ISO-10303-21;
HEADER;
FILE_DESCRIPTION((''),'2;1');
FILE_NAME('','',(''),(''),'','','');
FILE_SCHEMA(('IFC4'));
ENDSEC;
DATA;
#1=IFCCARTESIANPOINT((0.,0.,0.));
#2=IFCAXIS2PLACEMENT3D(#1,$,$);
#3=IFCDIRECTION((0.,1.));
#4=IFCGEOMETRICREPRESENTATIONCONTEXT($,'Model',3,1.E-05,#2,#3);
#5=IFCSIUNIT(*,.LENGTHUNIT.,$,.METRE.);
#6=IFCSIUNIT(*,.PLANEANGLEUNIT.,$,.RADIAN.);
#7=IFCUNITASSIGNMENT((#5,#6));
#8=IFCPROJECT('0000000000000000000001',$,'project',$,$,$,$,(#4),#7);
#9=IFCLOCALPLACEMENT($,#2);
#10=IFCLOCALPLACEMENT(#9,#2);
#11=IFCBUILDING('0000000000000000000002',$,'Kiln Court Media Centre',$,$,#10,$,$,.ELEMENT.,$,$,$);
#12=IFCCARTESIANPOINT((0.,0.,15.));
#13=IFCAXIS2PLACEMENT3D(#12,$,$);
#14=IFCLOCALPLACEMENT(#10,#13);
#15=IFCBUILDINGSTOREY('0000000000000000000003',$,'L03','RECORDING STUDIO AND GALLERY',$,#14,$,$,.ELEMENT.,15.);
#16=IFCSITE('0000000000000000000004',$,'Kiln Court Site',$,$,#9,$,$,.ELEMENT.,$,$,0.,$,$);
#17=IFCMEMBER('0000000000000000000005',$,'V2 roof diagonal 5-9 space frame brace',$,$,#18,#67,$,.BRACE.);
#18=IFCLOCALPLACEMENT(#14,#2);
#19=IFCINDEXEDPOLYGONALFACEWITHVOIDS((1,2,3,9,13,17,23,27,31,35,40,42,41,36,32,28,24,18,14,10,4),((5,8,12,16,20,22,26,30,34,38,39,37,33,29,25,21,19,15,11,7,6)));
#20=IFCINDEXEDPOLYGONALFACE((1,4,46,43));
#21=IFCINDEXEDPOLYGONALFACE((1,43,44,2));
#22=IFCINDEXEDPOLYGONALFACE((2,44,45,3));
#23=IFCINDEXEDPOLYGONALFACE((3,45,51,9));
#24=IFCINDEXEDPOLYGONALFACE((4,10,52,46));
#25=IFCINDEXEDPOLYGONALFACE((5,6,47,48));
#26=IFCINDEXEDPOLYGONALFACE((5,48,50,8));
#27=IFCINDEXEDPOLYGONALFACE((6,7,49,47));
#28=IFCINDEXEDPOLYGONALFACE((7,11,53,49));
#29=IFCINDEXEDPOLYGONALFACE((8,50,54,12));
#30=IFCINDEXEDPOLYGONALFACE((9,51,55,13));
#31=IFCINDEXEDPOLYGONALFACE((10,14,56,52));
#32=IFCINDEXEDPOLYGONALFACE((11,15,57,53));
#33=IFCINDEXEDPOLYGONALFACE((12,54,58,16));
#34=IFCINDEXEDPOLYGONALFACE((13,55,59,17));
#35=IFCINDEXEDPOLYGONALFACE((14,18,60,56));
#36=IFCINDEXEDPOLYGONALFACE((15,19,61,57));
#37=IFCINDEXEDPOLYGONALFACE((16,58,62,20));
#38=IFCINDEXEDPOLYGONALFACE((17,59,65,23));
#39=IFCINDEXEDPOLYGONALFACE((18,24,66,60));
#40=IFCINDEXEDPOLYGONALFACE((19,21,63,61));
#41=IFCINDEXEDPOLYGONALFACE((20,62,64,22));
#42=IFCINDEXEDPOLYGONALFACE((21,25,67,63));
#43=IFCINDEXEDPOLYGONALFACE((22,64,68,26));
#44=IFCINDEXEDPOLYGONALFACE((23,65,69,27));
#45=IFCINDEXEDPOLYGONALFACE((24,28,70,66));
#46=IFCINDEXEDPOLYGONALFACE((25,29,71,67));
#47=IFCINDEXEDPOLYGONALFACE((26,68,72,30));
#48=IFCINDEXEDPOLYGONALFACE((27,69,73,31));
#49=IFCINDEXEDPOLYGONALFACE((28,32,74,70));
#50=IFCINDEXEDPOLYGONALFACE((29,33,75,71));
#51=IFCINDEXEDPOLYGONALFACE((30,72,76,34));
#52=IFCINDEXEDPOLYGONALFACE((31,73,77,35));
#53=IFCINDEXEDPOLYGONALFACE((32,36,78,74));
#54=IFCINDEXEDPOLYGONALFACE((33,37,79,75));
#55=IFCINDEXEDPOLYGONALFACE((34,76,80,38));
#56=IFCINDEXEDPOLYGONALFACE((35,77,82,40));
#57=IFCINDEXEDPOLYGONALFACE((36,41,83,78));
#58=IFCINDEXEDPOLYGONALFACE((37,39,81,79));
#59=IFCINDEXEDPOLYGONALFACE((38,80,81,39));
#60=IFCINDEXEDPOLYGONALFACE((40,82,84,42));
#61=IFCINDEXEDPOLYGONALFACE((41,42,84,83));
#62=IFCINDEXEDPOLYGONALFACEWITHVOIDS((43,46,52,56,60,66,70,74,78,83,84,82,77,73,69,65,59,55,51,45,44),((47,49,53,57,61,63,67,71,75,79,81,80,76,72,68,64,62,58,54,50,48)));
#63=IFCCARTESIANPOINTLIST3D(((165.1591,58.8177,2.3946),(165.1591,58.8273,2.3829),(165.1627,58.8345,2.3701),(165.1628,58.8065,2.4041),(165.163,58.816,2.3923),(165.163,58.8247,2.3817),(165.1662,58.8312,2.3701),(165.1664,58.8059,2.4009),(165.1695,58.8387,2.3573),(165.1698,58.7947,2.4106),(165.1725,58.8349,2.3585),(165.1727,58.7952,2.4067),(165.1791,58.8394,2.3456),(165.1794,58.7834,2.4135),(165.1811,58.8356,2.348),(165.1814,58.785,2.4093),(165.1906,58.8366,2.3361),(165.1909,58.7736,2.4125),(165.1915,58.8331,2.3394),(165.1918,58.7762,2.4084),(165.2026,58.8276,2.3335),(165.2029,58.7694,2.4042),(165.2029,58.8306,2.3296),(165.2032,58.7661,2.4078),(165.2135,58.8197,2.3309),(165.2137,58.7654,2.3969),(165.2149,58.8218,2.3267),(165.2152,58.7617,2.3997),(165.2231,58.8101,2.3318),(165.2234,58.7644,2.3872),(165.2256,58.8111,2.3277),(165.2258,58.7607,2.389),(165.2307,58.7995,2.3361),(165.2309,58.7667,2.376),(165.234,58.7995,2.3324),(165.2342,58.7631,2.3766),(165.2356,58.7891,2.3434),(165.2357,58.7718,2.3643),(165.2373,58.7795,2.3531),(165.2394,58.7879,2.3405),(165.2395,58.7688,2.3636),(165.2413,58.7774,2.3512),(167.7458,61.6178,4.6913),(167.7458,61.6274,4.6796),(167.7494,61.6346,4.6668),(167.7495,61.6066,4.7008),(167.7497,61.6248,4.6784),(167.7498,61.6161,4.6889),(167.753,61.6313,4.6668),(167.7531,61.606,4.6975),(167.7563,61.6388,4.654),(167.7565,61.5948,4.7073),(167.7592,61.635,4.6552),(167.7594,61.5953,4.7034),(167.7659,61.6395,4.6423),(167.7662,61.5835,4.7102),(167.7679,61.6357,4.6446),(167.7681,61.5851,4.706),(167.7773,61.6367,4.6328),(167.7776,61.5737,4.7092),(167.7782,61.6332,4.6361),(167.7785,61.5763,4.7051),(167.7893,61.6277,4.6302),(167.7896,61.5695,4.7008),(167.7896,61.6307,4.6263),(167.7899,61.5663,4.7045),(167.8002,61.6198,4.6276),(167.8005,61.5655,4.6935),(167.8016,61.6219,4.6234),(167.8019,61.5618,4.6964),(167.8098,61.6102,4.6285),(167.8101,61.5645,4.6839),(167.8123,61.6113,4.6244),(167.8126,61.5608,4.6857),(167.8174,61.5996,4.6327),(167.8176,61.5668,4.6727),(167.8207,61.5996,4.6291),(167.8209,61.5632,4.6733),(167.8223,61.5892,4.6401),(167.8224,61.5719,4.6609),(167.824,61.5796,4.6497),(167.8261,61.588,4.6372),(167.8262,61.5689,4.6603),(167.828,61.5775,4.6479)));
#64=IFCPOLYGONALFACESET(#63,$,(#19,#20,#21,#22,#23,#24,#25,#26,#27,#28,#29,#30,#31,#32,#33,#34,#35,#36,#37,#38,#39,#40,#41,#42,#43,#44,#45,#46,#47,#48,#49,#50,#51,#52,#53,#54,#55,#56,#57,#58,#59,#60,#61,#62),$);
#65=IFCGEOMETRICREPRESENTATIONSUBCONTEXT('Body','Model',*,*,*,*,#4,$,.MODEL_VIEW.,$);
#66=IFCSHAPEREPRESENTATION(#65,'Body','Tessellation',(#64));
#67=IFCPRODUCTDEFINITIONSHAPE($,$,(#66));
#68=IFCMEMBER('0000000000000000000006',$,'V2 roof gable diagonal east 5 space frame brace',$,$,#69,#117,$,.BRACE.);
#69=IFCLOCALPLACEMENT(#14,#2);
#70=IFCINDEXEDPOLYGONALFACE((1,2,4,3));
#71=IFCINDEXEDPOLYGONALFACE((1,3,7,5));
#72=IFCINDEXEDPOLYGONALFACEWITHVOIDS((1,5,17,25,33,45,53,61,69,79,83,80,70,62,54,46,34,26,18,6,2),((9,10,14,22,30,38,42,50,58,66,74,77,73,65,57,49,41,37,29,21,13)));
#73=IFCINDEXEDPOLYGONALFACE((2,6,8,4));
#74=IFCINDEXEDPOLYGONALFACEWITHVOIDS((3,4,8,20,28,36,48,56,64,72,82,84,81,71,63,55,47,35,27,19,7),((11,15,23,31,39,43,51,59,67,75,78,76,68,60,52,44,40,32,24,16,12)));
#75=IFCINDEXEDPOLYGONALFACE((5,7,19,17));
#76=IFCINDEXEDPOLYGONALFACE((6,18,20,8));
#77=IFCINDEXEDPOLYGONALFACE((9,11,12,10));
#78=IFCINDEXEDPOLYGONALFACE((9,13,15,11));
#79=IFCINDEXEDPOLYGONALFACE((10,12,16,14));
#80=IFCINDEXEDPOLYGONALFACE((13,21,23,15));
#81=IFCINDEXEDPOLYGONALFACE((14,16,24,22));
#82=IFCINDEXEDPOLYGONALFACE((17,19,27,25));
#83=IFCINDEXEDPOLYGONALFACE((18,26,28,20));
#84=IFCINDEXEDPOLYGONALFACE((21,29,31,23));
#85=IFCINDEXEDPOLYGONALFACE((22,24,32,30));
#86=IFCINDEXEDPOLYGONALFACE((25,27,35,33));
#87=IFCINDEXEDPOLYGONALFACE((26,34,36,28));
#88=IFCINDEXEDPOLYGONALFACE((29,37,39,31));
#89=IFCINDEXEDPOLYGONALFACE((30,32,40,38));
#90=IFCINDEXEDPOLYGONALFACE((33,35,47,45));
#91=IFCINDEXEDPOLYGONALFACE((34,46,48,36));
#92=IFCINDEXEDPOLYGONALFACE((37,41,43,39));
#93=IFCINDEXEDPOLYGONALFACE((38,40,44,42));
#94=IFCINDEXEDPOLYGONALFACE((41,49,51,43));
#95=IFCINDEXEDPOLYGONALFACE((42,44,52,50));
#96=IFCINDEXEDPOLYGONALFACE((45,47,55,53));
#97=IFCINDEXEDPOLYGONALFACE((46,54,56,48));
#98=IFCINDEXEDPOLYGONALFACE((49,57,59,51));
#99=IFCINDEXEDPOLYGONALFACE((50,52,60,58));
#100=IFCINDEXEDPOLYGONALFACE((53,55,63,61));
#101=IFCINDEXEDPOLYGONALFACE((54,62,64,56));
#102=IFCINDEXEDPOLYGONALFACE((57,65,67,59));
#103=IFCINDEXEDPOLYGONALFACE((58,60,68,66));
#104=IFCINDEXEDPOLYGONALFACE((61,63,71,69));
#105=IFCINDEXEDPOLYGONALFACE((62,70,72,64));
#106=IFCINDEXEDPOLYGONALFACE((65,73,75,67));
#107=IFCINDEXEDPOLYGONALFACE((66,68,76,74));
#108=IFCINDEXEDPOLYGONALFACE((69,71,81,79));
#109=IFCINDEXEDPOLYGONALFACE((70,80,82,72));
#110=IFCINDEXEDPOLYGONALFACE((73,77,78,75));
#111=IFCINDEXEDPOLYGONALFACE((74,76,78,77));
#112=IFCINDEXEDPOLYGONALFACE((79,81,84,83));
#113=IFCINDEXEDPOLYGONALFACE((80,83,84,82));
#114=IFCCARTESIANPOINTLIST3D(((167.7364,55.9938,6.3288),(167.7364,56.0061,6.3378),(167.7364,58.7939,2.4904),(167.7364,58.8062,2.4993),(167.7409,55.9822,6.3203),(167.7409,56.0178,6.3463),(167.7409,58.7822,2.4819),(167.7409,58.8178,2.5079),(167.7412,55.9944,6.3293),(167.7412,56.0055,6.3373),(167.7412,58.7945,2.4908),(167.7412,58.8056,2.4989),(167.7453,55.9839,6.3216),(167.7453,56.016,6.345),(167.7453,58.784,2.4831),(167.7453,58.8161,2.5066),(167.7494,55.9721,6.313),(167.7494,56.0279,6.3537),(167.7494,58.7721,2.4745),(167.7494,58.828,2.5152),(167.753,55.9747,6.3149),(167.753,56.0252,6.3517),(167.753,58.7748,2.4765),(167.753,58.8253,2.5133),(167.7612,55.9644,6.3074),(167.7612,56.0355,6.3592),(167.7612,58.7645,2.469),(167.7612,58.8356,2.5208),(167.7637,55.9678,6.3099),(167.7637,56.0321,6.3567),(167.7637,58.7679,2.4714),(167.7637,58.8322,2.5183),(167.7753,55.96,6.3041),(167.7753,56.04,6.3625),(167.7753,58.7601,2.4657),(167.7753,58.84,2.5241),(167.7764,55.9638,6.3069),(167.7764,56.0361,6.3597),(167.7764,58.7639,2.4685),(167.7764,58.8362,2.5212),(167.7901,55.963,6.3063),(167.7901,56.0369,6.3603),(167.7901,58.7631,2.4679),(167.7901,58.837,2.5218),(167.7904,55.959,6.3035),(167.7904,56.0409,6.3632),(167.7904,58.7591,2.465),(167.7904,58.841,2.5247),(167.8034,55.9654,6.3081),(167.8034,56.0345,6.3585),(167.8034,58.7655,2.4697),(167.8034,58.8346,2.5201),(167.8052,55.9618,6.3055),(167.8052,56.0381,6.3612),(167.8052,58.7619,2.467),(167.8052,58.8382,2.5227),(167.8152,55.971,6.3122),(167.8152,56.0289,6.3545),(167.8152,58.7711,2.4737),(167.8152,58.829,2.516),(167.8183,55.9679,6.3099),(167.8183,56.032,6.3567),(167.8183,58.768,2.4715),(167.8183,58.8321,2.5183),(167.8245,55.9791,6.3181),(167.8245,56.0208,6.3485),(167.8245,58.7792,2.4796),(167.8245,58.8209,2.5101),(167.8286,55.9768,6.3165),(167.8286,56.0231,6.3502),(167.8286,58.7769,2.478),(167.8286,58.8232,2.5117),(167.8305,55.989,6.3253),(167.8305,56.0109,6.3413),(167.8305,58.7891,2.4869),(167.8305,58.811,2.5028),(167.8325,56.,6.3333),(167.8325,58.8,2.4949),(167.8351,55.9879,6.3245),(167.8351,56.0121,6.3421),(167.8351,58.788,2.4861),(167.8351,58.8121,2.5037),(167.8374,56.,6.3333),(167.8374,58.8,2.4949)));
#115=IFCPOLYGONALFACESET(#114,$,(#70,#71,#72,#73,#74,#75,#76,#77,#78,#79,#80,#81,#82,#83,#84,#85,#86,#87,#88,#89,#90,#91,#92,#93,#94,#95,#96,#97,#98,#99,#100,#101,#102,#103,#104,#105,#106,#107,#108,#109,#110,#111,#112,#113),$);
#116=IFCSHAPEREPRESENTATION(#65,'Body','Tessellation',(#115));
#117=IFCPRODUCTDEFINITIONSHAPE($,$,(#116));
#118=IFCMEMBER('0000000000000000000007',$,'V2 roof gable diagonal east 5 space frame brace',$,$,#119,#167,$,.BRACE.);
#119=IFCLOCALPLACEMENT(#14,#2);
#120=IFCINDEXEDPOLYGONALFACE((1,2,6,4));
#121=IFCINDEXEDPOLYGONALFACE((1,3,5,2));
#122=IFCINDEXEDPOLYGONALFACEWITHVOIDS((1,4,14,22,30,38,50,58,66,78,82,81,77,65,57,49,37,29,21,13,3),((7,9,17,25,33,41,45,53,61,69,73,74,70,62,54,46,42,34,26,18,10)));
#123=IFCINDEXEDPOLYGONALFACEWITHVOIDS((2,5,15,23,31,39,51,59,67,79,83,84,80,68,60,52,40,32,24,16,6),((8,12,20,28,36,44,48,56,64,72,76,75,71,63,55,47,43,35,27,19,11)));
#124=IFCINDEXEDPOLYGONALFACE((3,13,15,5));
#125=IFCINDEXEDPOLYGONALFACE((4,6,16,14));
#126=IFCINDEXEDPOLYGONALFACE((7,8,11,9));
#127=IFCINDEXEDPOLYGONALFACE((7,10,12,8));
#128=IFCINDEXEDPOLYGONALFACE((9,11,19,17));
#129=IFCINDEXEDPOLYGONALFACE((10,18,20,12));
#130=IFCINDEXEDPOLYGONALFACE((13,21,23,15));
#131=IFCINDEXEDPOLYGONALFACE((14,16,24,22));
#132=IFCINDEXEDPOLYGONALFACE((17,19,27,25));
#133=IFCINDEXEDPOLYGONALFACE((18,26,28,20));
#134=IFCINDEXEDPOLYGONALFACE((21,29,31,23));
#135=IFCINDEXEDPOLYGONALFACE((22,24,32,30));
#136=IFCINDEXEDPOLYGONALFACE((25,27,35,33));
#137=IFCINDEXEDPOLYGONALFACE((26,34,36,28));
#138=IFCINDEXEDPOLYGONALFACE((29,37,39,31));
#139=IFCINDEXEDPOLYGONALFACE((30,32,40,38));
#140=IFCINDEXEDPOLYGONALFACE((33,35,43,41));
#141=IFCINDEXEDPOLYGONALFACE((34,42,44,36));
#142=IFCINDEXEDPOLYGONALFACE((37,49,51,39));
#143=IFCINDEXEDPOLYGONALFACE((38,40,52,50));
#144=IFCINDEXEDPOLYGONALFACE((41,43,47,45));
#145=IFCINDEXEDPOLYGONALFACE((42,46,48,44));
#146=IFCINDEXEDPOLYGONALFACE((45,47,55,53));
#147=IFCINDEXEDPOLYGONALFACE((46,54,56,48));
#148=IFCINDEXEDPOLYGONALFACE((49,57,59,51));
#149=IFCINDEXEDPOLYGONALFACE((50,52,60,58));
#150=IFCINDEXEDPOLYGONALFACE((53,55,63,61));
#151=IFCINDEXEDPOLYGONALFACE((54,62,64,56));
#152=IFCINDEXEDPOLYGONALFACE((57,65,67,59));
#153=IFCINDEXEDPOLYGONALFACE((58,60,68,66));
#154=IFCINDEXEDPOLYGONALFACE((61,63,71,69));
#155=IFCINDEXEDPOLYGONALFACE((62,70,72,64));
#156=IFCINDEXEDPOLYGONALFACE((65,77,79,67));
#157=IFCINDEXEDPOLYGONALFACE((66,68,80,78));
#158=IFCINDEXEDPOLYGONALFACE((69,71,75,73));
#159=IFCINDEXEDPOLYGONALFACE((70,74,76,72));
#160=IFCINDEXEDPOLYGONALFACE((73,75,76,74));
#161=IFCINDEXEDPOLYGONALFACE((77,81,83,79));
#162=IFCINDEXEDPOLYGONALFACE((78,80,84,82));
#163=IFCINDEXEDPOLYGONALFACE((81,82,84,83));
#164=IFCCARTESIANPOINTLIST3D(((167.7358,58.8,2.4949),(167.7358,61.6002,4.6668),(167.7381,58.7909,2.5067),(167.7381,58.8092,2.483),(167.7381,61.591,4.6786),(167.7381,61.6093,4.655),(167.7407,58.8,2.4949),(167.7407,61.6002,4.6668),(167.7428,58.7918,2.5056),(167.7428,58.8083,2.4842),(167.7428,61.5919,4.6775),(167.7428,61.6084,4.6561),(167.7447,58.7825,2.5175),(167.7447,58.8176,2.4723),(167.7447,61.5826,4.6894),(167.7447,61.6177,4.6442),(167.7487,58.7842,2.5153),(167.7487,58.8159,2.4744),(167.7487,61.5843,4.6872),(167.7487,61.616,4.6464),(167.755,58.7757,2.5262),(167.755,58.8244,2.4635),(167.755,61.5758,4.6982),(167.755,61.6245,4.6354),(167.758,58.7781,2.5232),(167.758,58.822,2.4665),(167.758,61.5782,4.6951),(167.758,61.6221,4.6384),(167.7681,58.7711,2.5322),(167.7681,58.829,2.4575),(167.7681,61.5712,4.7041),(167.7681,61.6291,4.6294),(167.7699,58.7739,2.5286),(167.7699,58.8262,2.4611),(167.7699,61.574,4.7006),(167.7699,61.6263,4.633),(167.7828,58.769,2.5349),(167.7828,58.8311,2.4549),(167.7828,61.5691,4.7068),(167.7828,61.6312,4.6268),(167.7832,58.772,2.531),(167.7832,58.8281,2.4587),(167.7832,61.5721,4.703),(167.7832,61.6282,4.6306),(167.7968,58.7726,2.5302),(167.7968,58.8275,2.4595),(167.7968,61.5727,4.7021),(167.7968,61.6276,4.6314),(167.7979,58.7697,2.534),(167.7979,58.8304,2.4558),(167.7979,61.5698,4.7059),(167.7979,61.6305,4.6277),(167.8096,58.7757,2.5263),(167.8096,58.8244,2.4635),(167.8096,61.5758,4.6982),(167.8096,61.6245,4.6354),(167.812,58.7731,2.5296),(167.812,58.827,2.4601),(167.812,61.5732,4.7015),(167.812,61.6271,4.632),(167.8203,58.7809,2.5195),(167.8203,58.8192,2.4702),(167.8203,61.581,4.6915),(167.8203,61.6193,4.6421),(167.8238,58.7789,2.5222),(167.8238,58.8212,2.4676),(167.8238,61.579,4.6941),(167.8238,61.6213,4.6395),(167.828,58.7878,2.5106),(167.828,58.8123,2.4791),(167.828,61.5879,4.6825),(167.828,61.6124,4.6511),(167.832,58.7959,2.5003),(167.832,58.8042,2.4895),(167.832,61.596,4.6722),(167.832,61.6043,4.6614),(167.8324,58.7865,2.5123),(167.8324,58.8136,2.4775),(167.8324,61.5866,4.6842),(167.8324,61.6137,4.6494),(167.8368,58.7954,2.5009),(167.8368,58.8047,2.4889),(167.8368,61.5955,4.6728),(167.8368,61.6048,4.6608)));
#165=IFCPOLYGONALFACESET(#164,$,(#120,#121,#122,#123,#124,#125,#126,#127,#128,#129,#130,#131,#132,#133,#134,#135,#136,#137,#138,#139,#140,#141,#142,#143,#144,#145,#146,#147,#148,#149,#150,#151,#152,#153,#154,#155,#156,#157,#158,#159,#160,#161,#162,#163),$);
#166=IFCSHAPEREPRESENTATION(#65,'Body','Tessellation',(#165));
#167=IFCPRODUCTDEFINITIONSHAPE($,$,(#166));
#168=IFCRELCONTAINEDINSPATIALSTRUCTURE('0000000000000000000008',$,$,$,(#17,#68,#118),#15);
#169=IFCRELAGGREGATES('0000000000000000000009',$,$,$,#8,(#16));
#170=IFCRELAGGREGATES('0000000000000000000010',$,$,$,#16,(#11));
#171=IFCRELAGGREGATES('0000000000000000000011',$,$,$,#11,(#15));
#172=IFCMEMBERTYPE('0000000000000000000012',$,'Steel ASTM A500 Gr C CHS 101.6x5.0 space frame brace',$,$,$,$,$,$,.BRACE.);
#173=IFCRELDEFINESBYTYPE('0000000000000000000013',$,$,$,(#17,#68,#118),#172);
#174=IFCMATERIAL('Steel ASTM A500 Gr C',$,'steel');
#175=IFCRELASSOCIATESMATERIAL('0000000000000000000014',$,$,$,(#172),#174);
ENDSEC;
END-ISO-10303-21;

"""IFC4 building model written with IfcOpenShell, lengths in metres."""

from ifc_helpers import new_model, si_unit, direction, frame, origin, origin_2d, place, context, subcontext, project, spatial, hollow_circle, extrude, material, material_profile, profile_set, type_object, element, save


model = new_model("IFC4")

# Units and contexts
model_context = context("Model", 3, precision=1e-05, world=origin(), true_north=direction((0.0, 1.0)))
body_context = subcontext(model_context, "Body", "Model", "MODEL_VIEW")
ifc_project = project(units=[si_unit("LENGTHUNIT", "METRE"), si_unit("PLANEANGLEUNIT", "RADIAN")], contexts=[model_context])

# Site, building, storey
site_placement = place(None, origin())
site = spatial("IfcSite", under=ifc_project, at=site_placement, Name="Kiln Court Site", CompositionType="ELEMENT", RefElevation=0.0)
building_placement = place(site_placement, origin())
building = spatial("IfcBuilding", under=site, at=building_placement, Name="Kiln Court Media Centre", CompositionType="ELEMENT")
storey_placement = place(building_placement, frame((0.0, 0.0, 15.0)))
storey = spatial("IfcBuildingStorey", under=building, at=storey_placement, Name="L03", Description="RECORDING STUDIO AND GALLERY", CompositionType="ELEMENT", Elevation=15.0)

# Members
ifc_material_1 = material(Name="Steel ASTM A500 Gr C", Category="steel")
ifc_material_profile_1 = material_profile(ifc_material_1, hollow_circle(Radius=0.0508, WallThickness=0.0049, at=origin_2d()), Name="CHS 101.6x5.0")
ifc_profile_set_1 = profile_set([ifc_material_profile_1], Name="Steel ASTM A500 Gr C")
member_type_1 = type_object("IfcMemberType", Name="Steel ASTM A500 Gr C CHS 101.6x5.0 space frame brace", PredefinedType="BRACE", material=ifc_profile_set_1)
member_1_placement = place(storey_placement, frame((165.2, 58.8, 2.3701), z_axis=(0.581228, 0.629174, 0.516056), x_axis=(-0.734541, 0.678565, 0.0)))
element("IfcMember", 1, at=member_1_placement, inside=storey, type_object=member_type_1, Name="V2 roof diagonal 5-9 space frame brace", PredefinedType="BRACE", context=body_context, shape_type="SweptSolid", body=[
    extrude(hollow_circle(Radius=0.0508, WallThickness=0.0049, at=origin_2d()), origin(), (0.0, 0.0, 1.0), 4.4504),
])
member_2_placement = place(storey_placement, frame((167.7866, 58.8, 2.4949), z_axis=(0.0, -0.589341, 0.807884), x_axis=(1.0, 0.0, 0.0)))
element("IfcMember", 2, at=member_2_placement, inside=storey, type_object=member_type_1, Name="V2 roof gable diagonal east 5 space frame brace", PredefinedType="BRACE", context=body_context, shape_type="SweptSolid", body=[
    extrude(hollow_circle(Radius=0.0508, WallThickness=0.0049, at=origin_2d()), origin(), (0.0, 0.0, 1.0), 4.7512),
])
member_3_placement = place(storey_placement, frame((167.7866, 58.8, 2.4949), z_axis=(0.0, 0.790164, 0.612896), x_axis=(-1.0, 0.0, 0.0)))
element("IfcMember", 3, at=member_3_placement, inside=storey, type_object=member_type_1, Name="V2 roof gable diagonal east 5 space frame brace", PredefinedType="BRACE", context=body_context, shape_type="SweptSolid", body=[
    extrude(hollow_circle(Radius=0.0508, WallThickness=0.0049, at=origin_2d()), origin(), (0.0, 0.0, 1.0), 3.5437),
])

save(model, "model.ifc")
